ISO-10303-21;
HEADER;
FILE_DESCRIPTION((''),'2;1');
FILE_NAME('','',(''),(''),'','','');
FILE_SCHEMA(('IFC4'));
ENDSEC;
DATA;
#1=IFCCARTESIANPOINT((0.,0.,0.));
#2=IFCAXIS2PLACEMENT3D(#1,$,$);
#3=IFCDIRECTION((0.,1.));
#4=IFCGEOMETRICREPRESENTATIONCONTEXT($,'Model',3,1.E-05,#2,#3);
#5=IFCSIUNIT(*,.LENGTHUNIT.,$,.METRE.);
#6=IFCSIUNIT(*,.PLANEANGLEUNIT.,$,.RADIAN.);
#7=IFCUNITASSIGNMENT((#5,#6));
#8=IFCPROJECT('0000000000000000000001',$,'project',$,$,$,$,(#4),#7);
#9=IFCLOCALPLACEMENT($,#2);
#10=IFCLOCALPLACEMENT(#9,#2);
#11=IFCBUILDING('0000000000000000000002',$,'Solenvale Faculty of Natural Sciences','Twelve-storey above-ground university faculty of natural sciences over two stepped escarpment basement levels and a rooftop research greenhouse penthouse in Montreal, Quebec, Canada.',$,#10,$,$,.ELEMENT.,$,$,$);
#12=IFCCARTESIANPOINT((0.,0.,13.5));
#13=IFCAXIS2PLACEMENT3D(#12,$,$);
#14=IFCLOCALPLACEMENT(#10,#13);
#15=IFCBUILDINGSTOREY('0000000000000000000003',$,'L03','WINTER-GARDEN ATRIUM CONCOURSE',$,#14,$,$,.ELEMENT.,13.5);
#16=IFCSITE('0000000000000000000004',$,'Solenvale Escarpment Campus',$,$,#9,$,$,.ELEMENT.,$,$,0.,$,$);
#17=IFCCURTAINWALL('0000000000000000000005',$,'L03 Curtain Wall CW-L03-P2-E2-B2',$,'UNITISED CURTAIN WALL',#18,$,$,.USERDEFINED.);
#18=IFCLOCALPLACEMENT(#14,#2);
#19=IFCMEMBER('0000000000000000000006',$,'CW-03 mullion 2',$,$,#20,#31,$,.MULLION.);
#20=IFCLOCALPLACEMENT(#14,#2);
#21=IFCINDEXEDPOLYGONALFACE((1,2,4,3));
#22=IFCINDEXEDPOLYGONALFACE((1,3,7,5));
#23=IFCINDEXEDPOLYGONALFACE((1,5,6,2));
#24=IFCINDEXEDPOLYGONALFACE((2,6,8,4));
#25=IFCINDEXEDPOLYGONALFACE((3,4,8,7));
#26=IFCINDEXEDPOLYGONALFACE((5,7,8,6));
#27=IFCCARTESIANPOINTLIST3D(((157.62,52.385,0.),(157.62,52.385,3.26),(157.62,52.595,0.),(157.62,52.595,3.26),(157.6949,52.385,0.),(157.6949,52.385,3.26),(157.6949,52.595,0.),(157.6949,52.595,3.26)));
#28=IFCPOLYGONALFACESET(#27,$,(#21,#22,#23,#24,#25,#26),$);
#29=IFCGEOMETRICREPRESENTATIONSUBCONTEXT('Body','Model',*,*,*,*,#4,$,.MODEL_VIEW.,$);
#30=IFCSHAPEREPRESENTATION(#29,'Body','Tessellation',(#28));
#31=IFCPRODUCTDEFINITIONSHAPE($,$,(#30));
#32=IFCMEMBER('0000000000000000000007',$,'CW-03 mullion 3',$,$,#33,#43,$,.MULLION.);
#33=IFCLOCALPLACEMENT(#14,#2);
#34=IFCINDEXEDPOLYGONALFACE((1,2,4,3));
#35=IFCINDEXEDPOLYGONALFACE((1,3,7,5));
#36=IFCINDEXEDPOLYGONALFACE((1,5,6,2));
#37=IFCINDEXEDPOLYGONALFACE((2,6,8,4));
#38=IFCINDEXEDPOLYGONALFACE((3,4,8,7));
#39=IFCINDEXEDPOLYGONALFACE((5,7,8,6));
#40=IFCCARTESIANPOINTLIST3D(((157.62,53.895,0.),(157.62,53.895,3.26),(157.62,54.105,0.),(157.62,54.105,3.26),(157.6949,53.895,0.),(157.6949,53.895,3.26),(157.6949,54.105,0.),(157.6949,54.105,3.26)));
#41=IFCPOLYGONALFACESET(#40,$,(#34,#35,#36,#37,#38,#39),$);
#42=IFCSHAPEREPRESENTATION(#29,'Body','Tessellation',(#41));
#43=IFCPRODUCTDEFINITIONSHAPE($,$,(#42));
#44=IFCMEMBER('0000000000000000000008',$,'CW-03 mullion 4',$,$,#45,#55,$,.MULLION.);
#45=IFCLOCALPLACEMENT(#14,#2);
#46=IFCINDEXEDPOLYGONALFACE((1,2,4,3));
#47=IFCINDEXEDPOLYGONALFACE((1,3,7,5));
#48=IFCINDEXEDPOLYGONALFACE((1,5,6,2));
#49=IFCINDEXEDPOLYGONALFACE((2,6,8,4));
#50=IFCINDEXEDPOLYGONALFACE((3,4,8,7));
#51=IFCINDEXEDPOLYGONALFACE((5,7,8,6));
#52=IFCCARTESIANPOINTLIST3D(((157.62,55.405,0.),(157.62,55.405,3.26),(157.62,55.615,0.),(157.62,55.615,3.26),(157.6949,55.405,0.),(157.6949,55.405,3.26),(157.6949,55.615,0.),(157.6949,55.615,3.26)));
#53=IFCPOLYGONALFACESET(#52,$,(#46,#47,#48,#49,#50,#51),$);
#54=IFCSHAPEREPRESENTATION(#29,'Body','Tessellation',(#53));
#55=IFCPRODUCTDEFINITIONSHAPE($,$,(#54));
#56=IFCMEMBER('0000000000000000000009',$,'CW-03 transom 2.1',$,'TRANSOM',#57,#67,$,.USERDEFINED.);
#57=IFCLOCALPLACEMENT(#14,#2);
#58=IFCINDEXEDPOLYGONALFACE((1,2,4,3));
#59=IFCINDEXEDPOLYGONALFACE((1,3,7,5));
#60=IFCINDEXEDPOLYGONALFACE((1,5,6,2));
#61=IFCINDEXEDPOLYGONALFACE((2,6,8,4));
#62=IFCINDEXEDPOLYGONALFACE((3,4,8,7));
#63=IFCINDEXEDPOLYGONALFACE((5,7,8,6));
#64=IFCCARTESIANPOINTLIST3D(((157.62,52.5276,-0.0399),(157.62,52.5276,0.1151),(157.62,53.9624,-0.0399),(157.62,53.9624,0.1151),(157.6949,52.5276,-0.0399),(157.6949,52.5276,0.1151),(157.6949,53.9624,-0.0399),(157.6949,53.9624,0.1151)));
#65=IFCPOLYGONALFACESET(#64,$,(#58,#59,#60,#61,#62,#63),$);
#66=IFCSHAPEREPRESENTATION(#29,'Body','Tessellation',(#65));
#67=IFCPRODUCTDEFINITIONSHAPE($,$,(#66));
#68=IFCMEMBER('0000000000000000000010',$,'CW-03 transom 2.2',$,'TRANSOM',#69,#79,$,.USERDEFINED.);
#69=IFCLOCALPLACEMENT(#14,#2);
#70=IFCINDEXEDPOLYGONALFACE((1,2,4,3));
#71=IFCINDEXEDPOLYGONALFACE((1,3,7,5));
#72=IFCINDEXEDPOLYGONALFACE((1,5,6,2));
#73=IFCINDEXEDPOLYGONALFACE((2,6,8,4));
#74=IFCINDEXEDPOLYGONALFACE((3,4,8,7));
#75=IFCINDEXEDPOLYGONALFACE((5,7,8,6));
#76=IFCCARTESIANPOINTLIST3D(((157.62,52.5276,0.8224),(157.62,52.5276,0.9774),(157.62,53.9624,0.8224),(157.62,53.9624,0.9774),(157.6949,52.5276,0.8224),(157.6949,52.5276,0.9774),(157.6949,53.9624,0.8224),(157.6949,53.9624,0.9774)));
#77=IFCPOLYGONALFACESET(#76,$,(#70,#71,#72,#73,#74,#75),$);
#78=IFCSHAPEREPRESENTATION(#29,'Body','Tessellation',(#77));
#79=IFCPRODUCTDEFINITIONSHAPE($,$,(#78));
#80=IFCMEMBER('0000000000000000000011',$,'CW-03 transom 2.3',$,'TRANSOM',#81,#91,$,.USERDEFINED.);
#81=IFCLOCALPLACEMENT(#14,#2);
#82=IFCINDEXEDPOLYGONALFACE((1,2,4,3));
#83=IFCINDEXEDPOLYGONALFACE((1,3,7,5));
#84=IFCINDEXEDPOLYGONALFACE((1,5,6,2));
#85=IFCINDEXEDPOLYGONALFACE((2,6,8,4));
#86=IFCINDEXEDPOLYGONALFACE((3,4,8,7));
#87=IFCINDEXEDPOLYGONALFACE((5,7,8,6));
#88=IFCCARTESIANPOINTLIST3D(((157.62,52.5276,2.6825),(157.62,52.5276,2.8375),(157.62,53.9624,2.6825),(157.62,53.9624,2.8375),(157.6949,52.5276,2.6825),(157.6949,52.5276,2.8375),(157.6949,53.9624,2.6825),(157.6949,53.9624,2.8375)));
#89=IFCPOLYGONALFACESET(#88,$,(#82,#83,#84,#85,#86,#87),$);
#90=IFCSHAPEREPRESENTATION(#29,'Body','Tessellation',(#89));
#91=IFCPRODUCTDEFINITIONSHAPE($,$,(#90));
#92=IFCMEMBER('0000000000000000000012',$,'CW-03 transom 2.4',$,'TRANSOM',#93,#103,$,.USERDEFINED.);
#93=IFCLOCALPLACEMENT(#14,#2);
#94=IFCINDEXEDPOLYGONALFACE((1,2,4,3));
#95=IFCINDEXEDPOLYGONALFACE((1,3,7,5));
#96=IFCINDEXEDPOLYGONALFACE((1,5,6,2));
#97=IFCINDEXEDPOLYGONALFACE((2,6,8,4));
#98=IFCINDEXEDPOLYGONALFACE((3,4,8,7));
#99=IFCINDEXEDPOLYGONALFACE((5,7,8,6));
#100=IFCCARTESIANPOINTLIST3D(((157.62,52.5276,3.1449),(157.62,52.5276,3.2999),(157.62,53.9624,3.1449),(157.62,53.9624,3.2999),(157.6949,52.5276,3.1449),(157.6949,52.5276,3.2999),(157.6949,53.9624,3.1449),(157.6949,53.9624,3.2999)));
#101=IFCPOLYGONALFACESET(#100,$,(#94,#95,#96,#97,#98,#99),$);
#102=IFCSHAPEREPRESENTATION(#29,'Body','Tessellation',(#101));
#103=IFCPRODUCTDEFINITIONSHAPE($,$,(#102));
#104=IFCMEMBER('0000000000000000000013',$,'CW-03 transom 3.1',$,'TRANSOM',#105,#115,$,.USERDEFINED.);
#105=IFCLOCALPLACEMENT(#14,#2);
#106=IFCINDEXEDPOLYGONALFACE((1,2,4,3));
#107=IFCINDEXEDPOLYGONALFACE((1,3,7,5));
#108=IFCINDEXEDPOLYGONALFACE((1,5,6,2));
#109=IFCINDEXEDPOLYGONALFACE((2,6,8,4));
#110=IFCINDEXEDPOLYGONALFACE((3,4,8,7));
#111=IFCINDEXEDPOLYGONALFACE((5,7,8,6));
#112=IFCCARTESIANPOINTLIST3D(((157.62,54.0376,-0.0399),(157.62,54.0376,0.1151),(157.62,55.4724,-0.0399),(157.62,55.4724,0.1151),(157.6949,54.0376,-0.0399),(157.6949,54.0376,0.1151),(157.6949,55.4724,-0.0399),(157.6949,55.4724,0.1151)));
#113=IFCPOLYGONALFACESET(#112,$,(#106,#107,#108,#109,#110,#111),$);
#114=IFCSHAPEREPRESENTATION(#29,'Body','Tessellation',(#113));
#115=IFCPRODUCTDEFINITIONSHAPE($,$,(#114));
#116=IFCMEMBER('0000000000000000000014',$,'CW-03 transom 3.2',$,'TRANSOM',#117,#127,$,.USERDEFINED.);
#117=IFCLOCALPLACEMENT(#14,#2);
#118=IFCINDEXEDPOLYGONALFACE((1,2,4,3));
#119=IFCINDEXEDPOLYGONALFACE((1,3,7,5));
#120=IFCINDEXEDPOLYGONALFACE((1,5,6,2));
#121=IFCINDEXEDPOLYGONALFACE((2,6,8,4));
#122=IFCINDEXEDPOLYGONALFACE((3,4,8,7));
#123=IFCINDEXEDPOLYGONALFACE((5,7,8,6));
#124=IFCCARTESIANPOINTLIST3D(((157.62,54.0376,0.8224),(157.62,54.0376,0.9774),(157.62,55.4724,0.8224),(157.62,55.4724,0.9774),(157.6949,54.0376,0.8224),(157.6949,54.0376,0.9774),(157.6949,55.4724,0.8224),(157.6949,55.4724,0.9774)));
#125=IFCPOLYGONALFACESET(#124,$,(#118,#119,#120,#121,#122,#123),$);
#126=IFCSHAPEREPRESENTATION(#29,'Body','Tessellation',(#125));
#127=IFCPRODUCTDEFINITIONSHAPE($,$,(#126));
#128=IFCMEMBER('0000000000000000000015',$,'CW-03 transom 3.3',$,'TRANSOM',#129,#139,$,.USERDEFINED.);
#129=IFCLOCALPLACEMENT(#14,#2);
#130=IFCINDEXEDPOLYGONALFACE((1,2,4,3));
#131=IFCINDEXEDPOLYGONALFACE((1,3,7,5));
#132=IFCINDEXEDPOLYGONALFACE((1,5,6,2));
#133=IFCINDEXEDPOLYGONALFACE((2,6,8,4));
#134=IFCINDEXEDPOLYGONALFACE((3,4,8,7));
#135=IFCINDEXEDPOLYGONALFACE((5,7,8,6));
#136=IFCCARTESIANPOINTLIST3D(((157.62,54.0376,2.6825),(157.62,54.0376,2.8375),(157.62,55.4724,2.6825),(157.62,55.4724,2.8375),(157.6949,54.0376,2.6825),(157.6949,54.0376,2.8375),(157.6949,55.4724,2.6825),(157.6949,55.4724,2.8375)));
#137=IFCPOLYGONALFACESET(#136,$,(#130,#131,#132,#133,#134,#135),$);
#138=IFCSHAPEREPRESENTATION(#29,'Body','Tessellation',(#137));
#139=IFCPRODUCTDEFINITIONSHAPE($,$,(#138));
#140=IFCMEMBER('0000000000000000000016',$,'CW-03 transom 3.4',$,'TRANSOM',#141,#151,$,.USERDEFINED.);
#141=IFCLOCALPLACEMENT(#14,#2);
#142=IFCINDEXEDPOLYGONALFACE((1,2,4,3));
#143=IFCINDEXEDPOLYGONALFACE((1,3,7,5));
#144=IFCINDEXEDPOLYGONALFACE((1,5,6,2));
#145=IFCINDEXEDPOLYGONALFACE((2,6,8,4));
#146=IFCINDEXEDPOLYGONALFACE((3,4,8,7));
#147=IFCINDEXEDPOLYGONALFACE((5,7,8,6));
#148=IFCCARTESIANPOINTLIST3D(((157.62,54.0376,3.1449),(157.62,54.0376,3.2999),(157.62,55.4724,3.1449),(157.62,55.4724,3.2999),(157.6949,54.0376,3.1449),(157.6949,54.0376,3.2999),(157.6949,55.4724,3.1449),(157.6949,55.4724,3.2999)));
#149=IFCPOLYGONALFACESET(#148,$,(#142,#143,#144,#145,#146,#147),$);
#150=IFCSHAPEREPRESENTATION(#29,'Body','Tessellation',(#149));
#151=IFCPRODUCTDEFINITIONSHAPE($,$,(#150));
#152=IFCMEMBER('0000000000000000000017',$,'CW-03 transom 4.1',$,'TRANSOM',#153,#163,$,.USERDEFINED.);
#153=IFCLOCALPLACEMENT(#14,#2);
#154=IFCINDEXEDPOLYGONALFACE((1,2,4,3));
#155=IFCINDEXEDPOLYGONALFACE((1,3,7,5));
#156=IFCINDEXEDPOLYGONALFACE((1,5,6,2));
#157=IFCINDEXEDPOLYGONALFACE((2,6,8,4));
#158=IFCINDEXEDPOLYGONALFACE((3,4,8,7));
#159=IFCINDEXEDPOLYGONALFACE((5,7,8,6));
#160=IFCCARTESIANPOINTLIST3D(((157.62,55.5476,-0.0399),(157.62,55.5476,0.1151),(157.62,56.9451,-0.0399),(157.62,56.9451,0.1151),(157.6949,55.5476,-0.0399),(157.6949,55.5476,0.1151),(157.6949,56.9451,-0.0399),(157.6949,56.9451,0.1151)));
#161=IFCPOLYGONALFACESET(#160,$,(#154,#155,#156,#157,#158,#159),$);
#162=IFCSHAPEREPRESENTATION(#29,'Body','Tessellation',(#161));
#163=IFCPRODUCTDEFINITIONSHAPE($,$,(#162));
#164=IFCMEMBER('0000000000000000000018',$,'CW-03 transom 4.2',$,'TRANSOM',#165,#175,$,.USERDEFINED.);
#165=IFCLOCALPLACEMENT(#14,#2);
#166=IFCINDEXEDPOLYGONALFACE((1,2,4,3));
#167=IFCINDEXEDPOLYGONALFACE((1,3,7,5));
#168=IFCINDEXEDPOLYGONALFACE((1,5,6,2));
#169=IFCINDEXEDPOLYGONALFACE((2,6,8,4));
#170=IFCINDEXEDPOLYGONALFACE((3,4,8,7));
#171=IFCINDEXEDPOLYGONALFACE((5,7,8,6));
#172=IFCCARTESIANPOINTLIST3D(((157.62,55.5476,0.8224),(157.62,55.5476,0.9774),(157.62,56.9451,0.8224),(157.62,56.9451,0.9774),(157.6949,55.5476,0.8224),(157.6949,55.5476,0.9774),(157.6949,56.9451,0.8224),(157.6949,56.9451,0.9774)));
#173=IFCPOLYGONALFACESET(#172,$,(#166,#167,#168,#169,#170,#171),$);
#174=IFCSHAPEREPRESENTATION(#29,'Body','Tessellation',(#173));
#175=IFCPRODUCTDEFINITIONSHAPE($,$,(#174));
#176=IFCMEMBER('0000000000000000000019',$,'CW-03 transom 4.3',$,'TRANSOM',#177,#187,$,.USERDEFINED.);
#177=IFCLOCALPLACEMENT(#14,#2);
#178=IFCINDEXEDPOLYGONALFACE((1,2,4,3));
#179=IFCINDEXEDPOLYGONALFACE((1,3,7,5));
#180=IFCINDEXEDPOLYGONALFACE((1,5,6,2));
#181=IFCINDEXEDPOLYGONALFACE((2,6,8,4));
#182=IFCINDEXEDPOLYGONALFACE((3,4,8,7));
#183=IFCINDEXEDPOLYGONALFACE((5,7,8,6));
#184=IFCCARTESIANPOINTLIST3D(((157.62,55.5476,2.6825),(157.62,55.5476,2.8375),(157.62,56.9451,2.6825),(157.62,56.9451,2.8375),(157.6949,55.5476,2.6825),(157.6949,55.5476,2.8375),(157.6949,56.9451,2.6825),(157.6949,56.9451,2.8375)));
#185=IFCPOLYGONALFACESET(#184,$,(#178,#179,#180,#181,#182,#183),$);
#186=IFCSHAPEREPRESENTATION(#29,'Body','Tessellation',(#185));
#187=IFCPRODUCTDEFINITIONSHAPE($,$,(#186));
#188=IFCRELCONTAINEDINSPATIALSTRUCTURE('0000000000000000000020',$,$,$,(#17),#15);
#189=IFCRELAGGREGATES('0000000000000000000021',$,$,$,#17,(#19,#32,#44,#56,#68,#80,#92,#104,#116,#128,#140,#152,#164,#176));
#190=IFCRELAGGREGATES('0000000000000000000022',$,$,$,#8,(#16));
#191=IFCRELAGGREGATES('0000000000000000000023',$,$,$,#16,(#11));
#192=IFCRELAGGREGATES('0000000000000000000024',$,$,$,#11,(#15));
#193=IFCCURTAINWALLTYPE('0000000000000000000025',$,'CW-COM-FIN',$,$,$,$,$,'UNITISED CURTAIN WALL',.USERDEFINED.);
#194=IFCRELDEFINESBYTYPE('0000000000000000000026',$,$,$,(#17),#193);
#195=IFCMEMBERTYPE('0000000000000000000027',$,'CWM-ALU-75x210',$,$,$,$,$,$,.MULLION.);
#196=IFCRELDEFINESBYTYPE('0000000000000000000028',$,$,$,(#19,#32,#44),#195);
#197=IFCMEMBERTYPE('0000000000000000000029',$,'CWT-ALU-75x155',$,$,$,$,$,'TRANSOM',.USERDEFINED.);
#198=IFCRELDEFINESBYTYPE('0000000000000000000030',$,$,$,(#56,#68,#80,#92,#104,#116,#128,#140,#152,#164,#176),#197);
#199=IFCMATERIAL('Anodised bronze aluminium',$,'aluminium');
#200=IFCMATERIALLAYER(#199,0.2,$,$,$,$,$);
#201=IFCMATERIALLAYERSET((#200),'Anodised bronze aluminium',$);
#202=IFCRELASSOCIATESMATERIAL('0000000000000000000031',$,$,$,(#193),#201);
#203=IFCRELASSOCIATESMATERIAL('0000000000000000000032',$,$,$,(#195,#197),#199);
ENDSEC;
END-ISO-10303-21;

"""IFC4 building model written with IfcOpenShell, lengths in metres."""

from ifc_helpers import new_model, si_unit, direction, frame, origin, origin_2d, place, context, subcontext, project, spatial, rectangle, extrude, material, layer, layer_set, material_profile, profile_set, type_object, element, aggregate, save


model = new_model("IFC4")

# Units and contexts
model_context = context("Model", 3, precision=1e-05, world=origin(), true_north=direction((0.0, 1.0)))
body_context = subcontext(model_context, "Body", "Model", "MODEL_VIEW")
ifc_project = project(units=[si_unit("LENGTHUNIT", "METRE"), si_unit("PLANEANGLEUNIT", "RADIAN")], contexts=[model_context])

# Site, building, storey
site_placement = place(None, origin())
site = spatial("IfcSite", under=ifc_project, at=site_placement, Name="Solenvale Escarpment Campus", CompositionType="ELEMENT", RefElevation=0.0)
building_placement = place(site_placement, origin())
building = spatial("IfcBuilding", under=site, at=building_placement, Name="Solenvale Faculty of Natural Sciences", Description="Twelve-storey above-ground university faculty of natural sciences over two stepped escarpment basement levels and a rooftop research greenhouse penthouse in Montreal, Quebec, Canada.", CompositionType="ELEMENT")
storey_placement = place(building_placement, frame((0.0, 0.0, 13.5)))
storey = spatial("IfcBuildingStorey", under=building, at=storey_placement, Name="L03", Description="WINTER-GARDEN ATRIUM CONCOURSE", CompositionType="ELEMENT", Elevation=13.5)

# Curtain wall, members
ifc_material_1 = material(Name="Anodised bronze aluminium", Category="aluminium")
ifc_layer_1 = layer(ifc_material_1, 0.2)
ifc_layer_set_1 = layer_set([ifc_layer_1], Name="Anodised bronze aluminium")
curtain_wall_type = type_object("IfcCurtainWallType", Name="CW-COM-FIN", ElementType="UNITISED CURTAIN WALL", PredefinedType="USERDEFINED", material=ifc_layer_set_1)
curtain_wall_placement = place(storey_placement, origin())
curtain_wall = element("IfcCurtainWall", 1, at=curtain_wall_placement, inside=storey, type_object=curtain_wall_type, Name="L03 Curtain Wall CW-L03-P2-E2-B2", ObjectType="UNITISED CURTAIN WALL", PredefinedType="USERDEFINED")
ifc_material_profile_1 = material_profile(ifc_material_1, rectangle(XDim=0.075, YDim=0.21, at=origin_2d()), Name="ALU-MUL-75x210")
ifc_profile_set_1 = profile_set([ifc_material_profile_1], Name="Anodised bronze aluminium")
member_type_1 = type_object("IfcMemberType", Name="CWM-ALU-75x210", PredefinedType="MULLION", material=ifc_profile_set_1)
member_1_placement = place(storey_placement, frame((157.6575, 52.49, 0.0), z_axis=(0.0, 0.0, 1.0), x_axis=(-1.0, 0.0, 0.0)))
member_1 = element("IfcMember", 2, at=member_1_placement, type_object=member_type_1, Name="CW-03 mullion 2", PredefinedType="MULLION", context=body_context, shape_type="SweptSolid", body=[
    extrude(rectangle(XDim=0.075, YDim=0.21, at=origin_2d()), origin(), (0.0, 0.0, 1.0), 3.26),
])
member_2_placement = place(storey_placement, frame((157.6575, 54.0, 0.0), z_axis=(0.0, 0.0, 1.0), x_axis=(-1.0, 0.0, 0.0)))
member_2 = element("IfcMember", 3, at=member_2_placement, type_object=member_type_1, Name="CW-03 mullion 3", PredefinedType="MULLION", context=body_context, shape_type="SweptSolid", body=[
    extrude(rectangle(XDim=0.075, YDim=0.21, at=origin_2d()), origin(), (0.0, 0.0, 1.0), 3.26),
])
member_3_placement = place(storey_placement, frame((157.6575, 55.51, 0.0), z_axis=(0.0, 0.0, 1.0), x_axis=(-1.0, 0.0, 0.0)))
member_3 = element("IfcMember", 4, at=member_3_placement, type_object=member_type_1, Name="CW-03 mullion 4", PredefinedType="MULLION", context=body_context, shape_type="SweptSolid", body=[
    extrude(rectangle(XDim=0.075, YDim=0.21, at=origin_2d()), origin(), (0.0, 0.0, 1.0), 3.26),
])
ifc_material_profile_2 = material_profile(ifc_material_1, rectangle(XDim=0.075, YDim=0.155, at=origin_2d()), Name="ALU-TRN-75x155")
ifc_profile_set_2 = profile_set([ifc_material_profile_2], Name="Anodised bronze aluminium")
member_type_2 = type_object("IfcMemberType", Name="CWT-ALU-75x155", ElementType="TRANSOM", PredefinedType="USERDEFINED", material=ifc_profile_set_2)
member_4_placement = place(storey_placement, frame((157.6575, 52.5276, 0.0376), z_axis=(0.0, 1.0, 0.0), x_axis=(-1.0, 0.0, 0.0)))
member_4 = element("IfcMember", 5, at=member_4_placement, type_object=member_type_2, Name="CW-03 transom 2.1", ObjectType="TRANSOM", PredefinedType="USERDEFINED", context=body_context, shape_type="SweptSolid", body=[
    extrude(rectangle(XDim=0.075, YDim=0.155, at=origin_2d()), origin(), (0.0, 0.0, 1.0), 1.4348),
])
member_5_placement = place(storey_placement, frame((157.6575, 52.5276, 0.8999), z_axis=(0.0, 1.0, 0.0), x_axis=(-1.0, 0.0, 0.0)))
member_5 = element("IfcMember", 6, at=member_5_placement, type_object=member_type_2, Name="CW-03 transom 2.2", ObjectType="TRANSOM", PredefinedType="USERDEFINED", context=body_context, shape_type="SweptSolid", body=[
    extrude(rectangle(XDim=0.075, YDim=0.155, at=origin_2d()), origin(), (0.0, 0.0, 1.0), 1.4348),
])
member_6_placement = place(storey_placement, frame((157.6575, 52.5276, 2.76), z_axis=(0.0, 1.0, 0.0), x_axis=(-1.0, 0.0, 0.0)))
member_6 = element("IfcMember", 7, at=member_6_placement, type_object=member_type_2, Name="CW-03 transom 2.3", ObjectType="TRANSOM", PredefinedType="USERDEFINED", context=body_context, shape_type="SweptSolid", body=[
    extrude(rectangle(XDim=0.075, YDim=0.155, at=origin_2d()), origin(), (0.0, 0.0, 1.0), 1.4348),
])
member_7_placement = place(storey_placement, frame((157.6575, 52.5276, 3.2224), z_axis=(0.0, 1.0, 0.0), x_axis=(-1.0, 0.0, 0.0)))
member_7 = element("IfcMember", 8, at=member_7_placement, type_object=member_type_2, Name="CW-03 transom 2.4", ObjectType="TRANSOM", PredefinedType="USERDEFINED", context=body_context, shape_type="SweptSolid", body=[
    extrude(rectangle(XDim=0.075, YDim=0.155, at=origin_2d()), origin(), (0.0, 0.0, 1.0), 1.4348),
])
member_8_placement = place(storey_placement, frame((157.6575, 54.0376, 0.0376), z_axis=(0.0, 1.0, 0.0), x_axis=(-1.0, 0.0, 0.0)))
member_8 = element("IfcMember", 9, at=member_8_placement, type_object=member_type_2, Name="CW-03 transom 3.1", ObjectType="TRANSOM", PredefinedType="USERDEFINED", context=body_context, shape_type="SweptSolid", body=[
    extrude(rectangle(XDim=0.075, YDim=0.155, at=origin_2d()), origin(), (0.0, 0.0, 1.0), 1.4348),
])
member_9_placement = place(storey_placement, frame((157.6575, 54.0376, 0.8999), z_axis=(0.0, 1.0, 0.0), x_axis=(-1.0, 0.0, 0.0)))
member_9 = element("IfcMember", 10, at=member_9_placement, type_object=member_type_2, Name="CW-03 transom 3.2", ObjectType="TRANSOM", PredefinedType="USERDEFINED", context=body_context, shape_type="SweptSolid", body=[
    extrude(rectangle(XDim=0.075, YDim=0.155, at=origin_2d()), origin(), (0.0, 0.0, 1.0), 1.4348),
])
member_10_placement = place(storey_placement, frame((157.6575, 54.0376, 2.76), z_axis=(0.0, 1.0, 0.0), x_axis=(-1.0, 0.0, 0.0)))
member_10 = element("IfcMember", 11, at=member_10_placement, type_object=member_type_2, Name="CW-03 transom 3.3", ObjectType="TRANSOM", PredefinedType="USERDEFINED", context=body_context, shape_type="SweptSolid", body=[
    extrude(rectangle(XDim=0.075, YDim=0.155, at=origin_2d()), origin(), (0.0, 0.0, 1.0), 1.4348),
])
member_11_placement = place(storey_placement, frame((157.6575, 54.0376, 3.2224), z_axis=(0.0, 1.0, 0.0), x_axis=(-1.0, 0.0, 0.0)))
member_11 = element("IfcMember", 12, at=member_11_placement, type_object=member_type_2, Name="CW-03 transom 3.4", ObjectType="TRANSOM", PredefinedType="USERDEFINED", context=body_context, shape_type="SweptSolid", body=[
    extrude(rectangle(XDim=0.075, YDim=0.155, at=origin_2d()), origin(), (0.0, 0.0, 1.0), 1.4348),
])
member_12_placement = place(storey_placement, frame((157.6575, 55.5476, 0.0376), z_axis=(0.0, 1.0, 0.0), x_axis=(-1.0, 0.0, 0.0)))
member_12 = element("IfcMember", 13, at=member_12_placement, type_object=member_type_2, Name="CW-03 transom 4.1", ObjectType="TRANSOM", PredefinedType="USERDEFINED", context=body_context, shape_type="SweptSolid", body=[
    extrude(rectangle(XDim=0.075, YDim=0.155, at=origin_2d()), origin(), (0.0, 0.0, 1.0), 1.3975),
])
member_13_placement = place(storey_placement, frame((157.6575, 55.5476, 0.8999), z_axis=(0.0, 1.0, 0.0), x_axis=(-1.0, 0.0, 0.0)))
member_13 = element("IfcMember", 14, at=member_13_placement, type_object=member_type_2, Name="CW-03 transom 4.2", ObjectType="TRANSOM", PredefinedType="USERDEFINED", context=body_context, shape_type="SweptSolid", body=[
    extrude(rectangle(XDim=0.075, YDim=0.155, at=origin_2d()), origin(), (0.0, 0.0, 1.0), 1.3975),
])
member_14_placement = place(storey_placement, frame((157.6575, 55.5476, 2.76), z_axis=(0.0, 1.0, 0.0), x_axis=(-1.0, 0.0, 0.0)))
member_14 = element("IfcMember", 15, at=member_14_placement, type_object=member_type_2, Name="CW-03 transom 4.3", ObjectType="TRANSOM", PredefinedType="USERDEFINED", context=body_context, shape_type="SweptSolid", body=[
    extrude(rectangle(XDim=0.075, YDim=0.155, at=origin_2d()), origin(), (0.0, 0.0, 1.0), 1.3975),
])
aggregate(curtain_wall, [member_1, member_2, member_3, member_4, member_5, member_6, member_7, member_8, member_9, member_10, member_11, member_12, member_13, member_14])

save(model, "model.ifc")
